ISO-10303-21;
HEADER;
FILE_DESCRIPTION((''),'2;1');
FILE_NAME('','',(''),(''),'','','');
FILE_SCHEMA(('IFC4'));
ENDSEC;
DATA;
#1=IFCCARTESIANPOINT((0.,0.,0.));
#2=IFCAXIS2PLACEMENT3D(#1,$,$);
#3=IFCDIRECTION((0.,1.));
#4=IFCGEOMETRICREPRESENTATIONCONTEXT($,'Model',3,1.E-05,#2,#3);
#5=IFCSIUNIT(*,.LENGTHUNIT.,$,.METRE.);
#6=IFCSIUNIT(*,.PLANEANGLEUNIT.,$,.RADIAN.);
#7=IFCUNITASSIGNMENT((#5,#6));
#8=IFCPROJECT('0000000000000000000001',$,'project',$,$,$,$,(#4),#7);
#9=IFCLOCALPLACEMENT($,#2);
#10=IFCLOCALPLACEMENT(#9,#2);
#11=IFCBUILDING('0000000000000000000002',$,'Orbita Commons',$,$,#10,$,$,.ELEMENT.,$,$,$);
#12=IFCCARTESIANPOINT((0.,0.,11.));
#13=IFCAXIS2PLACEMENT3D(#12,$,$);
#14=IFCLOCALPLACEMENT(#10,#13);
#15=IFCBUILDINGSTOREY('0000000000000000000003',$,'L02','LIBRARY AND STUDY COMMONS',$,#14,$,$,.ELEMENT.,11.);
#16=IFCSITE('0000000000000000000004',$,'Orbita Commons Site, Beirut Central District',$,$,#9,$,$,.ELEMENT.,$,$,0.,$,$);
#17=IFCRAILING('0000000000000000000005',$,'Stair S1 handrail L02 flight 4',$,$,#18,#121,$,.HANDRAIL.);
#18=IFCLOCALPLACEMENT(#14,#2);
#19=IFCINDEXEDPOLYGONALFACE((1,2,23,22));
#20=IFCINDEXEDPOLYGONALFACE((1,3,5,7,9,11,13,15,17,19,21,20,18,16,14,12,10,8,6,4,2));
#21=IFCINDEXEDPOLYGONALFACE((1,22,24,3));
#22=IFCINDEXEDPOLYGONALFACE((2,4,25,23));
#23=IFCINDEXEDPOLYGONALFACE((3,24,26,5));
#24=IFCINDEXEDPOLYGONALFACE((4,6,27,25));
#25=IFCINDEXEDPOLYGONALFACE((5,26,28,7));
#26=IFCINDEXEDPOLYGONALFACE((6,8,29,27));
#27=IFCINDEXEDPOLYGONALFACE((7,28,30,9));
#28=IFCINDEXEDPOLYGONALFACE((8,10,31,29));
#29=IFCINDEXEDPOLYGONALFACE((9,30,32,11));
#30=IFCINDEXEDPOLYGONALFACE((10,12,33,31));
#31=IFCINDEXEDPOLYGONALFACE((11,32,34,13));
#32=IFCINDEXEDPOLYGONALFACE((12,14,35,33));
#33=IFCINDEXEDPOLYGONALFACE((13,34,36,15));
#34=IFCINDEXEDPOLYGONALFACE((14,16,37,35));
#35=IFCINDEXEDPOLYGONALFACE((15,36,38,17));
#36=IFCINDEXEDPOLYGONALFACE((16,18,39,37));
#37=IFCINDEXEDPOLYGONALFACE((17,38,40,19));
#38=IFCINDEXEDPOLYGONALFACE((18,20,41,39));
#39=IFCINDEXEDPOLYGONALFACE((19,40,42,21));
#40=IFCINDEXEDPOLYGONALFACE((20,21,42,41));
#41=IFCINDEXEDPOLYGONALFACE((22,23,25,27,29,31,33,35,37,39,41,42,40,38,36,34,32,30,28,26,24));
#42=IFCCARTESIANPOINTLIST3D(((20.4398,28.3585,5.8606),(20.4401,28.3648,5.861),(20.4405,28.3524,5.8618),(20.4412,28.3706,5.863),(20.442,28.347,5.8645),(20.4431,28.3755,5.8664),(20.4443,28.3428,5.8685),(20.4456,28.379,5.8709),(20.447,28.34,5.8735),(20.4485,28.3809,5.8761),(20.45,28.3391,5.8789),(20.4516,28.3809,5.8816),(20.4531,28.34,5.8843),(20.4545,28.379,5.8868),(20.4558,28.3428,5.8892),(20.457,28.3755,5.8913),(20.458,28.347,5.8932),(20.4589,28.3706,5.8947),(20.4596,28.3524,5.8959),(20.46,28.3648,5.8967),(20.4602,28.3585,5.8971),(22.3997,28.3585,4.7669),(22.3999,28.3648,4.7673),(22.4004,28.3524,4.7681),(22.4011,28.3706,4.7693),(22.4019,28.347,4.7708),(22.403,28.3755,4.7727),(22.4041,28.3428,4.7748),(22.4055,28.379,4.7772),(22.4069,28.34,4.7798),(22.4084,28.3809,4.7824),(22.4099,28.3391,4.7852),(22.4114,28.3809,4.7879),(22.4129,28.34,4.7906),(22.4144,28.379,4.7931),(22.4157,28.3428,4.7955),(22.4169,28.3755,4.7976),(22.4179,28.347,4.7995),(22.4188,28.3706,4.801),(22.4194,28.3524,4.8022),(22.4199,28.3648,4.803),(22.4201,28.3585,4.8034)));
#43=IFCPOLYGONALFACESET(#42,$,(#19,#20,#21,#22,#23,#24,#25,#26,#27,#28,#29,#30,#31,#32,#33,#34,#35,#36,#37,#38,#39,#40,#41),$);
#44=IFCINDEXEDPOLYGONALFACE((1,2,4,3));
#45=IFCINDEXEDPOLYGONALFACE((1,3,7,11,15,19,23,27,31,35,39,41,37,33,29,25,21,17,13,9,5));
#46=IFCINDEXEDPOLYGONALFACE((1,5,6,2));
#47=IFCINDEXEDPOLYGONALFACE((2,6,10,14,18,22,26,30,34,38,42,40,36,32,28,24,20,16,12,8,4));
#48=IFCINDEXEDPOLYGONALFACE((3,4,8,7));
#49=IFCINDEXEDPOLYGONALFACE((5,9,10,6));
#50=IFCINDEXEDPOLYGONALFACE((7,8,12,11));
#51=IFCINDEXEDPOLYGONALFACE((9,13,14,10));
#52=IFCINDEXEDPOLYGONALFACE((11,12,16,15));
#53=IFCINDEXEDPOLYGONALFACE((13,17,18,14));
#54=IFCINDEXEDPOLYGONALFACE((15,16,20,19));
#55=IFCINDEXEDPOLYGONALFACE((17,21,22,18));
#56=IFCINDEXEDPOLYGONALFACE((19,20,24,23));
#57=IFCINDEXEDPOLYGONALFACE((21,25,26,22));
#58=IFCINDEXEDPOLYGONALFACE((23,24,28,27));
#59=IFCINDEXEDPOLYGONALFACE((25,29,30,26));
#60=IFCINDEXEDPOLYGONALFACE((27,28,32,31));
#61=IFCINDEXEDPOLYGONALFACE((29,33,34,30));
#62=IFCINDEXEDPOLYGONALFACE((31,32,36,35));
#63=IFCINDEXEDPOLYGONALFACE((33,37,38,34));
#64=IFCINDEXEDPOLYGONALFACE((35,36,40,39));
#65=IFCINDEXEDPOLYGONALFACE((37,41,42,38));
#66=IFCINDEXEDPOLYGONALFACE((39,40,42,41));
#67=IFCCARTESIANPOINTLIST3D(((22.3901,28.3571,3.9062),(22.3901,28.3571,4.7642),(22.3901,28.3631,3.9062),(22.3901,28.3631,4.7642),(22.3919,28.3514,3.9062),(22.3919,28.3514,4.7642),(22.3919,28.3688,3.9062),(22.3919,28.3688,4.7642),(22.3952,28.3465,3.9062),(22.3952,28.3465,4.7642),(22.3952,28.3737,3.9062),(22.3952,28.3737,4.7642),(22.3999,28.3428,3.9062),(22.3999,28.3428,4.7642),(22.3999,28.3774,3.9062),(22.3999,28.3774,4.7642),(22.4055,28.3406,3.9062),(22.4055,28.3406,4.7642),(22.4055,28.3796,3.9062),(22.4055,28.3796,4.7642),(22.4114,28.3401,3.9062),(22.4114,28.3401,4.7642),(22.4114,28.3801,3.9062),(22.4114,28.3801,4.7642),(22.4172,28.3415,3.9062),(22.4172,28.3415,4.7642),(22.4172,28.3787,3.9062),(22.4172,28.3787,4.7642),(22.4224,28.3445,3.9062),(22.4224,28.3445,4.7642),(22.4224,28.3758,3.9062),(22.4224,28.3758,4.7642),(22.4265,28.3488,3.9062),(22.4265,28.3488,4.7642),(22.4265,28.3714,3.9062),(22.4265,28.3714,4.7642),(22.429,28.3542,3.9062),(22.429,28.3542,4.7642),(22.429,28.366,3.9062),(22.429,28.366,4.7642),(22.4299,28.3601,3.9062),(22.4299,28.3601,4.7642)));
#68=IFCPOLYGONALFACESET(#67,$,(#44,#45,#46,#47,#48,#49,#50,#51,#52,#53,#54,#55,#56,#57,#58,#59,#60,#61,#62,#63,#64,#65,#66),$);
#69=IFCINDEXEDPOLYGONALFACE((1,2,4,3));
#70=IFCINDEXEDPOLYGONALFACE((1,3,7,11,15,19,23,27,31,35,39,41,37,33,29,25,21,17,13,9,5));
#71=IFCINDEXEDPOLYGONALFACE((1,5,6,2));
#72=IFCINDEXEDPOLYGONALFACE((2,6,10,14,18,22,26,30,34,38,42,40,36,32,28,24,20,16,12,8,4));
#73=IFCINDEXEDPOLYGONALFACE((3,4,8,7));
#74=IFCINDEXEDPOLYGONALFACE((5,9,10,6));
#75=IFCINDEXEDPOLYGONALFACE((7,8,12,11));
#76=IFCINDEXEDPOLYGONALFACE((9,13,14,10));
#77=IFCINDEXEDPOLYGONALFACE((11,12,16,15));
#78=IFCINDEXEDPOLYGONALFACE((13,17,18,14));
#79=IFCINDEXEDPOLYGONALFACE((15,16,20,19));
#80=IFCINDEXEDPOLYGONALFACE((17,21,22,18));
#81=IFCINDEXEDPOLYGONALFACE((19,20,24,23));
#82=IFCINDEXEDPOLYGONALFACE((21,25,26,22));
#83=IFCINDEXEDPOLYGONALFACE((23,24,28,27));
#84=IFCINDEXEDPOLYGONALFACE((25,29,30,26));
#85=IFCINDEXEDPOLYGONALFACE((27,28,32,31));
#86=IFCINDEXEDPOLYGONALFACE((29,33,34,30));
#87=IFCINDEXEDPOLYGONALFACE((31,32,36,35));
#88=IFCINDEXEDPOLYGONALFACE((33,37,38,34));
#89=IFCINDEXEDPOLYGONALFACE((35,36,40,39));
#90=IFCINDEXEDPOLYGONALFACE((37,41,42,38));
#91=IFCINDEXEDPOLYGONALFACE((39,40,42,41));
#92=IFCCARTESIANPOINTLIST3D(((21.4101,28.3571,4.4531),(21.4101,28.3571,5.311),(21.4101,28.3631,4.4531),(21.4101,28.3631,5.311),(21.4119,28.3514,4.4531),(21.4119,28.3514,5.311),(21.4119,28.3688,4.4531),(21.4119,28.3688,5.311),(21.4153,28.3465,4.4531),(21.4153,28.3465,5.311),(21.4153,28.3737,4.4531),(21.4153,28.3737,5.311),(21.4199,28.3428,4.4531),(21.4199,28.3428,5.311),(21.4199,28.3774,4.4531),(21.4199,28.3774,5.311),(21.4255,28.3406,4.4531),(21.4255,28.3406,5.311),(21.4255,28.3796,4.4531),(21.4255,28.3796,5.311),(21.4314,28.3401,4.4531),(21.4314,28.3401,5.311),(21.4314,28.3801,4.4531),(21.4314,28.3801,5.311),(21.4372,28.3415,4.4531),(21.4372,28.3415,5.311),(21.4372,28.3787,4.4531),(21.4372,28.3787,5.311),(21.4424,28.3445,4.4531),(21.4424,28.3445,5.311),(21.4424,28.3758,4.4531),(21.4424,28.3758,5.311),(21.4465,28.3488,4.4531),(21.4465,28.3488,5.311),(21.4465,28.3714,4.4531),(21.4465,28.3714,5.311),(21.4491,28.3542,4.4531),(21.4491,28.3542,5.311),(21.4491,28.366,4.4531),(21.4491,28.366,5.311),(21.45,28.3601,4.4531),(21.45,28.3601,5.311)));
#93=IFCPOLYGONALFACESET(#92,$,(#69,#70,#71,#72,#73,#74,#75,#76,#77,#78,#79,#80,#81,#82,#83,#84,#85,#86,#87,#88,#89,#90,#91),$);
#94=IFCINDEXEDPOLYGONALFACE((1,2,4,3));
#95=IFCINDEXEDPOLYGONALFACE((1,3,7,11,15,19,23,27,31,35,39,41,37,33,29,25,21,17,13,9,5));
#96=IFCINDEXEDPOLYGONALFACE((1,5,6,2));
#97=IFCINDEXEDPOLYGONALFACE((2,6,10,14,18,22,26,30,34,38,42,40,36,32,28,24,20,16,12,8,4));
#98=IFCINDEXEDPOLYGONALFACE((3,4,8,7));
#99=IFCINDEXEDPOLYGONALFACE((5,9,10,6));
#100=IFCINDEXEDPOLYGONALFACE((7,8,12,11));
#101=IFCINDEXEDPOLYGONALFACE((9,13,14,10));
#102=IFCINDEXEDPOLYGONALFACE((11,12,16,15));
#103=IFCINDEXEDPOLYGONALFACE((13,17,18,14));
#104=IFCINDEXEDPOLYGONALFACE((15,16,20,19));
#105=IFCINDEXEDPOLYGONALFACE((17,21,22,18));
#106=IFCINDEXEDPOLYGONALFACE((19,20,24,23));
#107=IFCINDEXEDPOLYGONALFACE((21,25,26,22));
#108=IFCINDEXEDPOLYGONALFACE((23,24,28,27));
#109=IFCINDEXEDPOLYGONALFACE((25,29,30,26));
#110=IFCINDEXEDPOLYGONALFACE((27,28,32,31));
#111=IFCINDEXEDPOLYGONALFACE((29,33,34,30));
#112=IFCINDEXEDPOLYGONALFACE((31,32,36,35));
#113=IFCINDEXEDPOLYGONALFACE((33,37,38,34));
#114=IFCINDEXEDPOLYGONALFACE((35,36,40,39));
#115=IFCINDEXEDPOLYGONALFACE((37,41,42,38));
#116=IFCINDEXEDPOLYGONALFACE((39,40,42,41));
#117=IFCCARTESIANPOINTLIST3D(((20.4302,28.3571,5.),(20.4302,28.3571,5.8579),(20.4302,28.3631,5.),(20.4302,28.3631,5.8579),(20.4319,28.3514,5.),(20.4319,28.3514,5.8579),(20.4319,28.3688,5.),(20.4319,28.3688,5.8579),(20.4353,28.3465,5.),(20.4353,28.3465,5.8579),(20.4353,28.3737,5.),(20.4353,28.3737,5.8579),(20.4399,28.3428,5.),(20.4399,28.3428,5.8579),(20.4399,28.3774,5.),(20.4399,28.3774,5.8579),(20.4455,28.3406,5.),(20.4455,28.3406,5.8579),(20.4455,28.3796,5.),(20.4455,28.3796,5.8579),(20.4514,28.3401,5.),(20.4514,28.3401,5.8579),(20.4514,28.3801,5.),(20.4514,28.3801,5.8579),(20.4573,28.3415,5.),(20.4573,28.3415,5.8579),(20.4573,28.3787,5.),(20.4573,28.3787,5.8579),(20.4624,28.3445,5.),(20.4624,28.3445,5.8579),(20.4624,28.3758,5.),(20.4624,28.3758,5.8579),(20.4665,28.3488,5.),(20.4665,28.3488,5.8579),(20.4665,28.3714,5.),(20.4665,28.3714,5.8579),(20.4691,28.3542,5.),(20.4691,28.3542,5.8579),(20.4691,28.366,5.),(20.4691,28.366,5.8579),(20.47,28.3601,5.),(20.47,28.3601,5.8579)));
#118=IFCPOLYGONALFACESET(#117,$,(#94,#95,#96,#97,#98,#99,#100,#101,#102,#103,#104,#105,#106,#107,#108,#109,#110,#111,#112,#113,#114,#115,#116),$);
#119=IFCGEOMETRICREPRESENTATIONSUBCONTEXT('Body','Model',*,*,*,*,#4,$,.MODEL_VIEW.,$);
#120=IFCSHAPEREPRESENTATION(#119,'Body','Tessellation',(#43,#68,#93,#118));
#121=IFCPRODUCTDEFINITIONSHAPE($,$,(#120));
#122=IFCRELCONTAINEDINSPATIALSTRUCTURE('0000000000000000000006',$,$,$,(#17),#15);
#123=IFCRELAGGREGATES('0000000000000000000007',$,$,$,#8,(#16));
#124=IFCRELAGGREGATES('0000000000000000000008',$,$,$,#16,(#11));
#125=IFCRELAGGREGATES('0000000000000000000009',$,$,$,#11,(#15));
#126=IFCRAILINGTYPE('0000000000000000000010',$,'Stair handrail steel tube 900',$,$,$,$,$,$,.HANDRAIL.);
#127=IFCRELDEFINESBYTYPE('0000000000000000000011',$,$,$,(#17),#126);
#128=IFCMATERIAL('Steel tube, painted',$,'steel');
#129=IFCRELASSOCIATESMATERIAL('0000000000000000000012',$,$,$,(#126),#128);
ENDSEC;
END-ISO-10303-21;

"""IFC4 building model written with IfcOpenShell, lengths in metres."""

from ifc_helpers import new_model, si_unit, direction, frame, origin, origin_2d, place, context, subcontext, project, spatial, circle, extrude, material, type_object, element, save


model = new_model("IFC4")

# Units and contexts
model_context = context("Model", 3, precision=1e-05, world=origin(), true_north=direction((0.0, 1.0)))
body_context = subcontext(model_context, "Body", "Model", "MODEL_VIEW")
ifc_project = project(units=[si_unit("LENGTHUNIT", "METRE"), si_unit("PLANEANGLEUNIT", "RADIAN")], contexts=[model_context])

# Site, building, storey
site_placement = place(None, origin())
site = spatial("IfcSite", under=ifc_project, at=site_placement, Name="Orbita Commons Site, Beirut Central District", CompositionType="ELEMENT", RefElevation=0.0)
building_placement = place(site_placement, origin())
building = spatial("IfcBuilding", under=site, at=building_placement, Name="Orbita Commons", CompositionType="ELEMENT")
storey_placement = place(building_placement, frame((0.0, 0.0, 11.0)))
storey = spatial("IfcBuildingStorey", under=building, at=storey_placement, Name="L02", Description="LIBRARY AND STUDY COMMONS", CompositionType="ELEMENT", Elevation=11.0)

# Railing
ifc_material_1 = material(Name="Steel tube, painted", Category="steel")
railing_type = type_object("IfcRailingType", Name="Stair handrail steel tube 900", PredefinedType="HANDRAIL", material=ifc_material_1)
railing_1_placement = place(storey_placement, frame((22.4099, 28.3601, 3.9062)))
element("IfcRailing", 1, at=railing_1_placement, inside=storey, type_object=railing_type, Name="Stair S1 handrail L02 flight 4", PredefinedType="HANDRAIL", context=body_context, shape_type="SweptSolid", body=[
    extrude(circle(Radius=0.021, at=origin_2d()), frame((0.0, 0.0, 0.8789), z_axis=(-0.873232, 0.0, 0.487304), x_axis=(0.0, -1.0, 0.0)), (0.0, 0.0, 1.0), 2.2444),
    extrude(circle(Radius=0.02, at=origin_2d()), origin(), (0.0, 0.0, 1.0), 0.8579),
    extrude(circle(Radius=0.02, at=origin_2d()), frame((-0.98, 0.0, 0.5469)), (0.0, 0.0, 1.0), 0.8579),
    extrude(circle(Radius=0.02, at=origin_2d()), frame((-1.96, 0.0, 1.0938)), (0.0, 0.0, 1.0), 0.8579),
])

save(model, "model.ifc")
